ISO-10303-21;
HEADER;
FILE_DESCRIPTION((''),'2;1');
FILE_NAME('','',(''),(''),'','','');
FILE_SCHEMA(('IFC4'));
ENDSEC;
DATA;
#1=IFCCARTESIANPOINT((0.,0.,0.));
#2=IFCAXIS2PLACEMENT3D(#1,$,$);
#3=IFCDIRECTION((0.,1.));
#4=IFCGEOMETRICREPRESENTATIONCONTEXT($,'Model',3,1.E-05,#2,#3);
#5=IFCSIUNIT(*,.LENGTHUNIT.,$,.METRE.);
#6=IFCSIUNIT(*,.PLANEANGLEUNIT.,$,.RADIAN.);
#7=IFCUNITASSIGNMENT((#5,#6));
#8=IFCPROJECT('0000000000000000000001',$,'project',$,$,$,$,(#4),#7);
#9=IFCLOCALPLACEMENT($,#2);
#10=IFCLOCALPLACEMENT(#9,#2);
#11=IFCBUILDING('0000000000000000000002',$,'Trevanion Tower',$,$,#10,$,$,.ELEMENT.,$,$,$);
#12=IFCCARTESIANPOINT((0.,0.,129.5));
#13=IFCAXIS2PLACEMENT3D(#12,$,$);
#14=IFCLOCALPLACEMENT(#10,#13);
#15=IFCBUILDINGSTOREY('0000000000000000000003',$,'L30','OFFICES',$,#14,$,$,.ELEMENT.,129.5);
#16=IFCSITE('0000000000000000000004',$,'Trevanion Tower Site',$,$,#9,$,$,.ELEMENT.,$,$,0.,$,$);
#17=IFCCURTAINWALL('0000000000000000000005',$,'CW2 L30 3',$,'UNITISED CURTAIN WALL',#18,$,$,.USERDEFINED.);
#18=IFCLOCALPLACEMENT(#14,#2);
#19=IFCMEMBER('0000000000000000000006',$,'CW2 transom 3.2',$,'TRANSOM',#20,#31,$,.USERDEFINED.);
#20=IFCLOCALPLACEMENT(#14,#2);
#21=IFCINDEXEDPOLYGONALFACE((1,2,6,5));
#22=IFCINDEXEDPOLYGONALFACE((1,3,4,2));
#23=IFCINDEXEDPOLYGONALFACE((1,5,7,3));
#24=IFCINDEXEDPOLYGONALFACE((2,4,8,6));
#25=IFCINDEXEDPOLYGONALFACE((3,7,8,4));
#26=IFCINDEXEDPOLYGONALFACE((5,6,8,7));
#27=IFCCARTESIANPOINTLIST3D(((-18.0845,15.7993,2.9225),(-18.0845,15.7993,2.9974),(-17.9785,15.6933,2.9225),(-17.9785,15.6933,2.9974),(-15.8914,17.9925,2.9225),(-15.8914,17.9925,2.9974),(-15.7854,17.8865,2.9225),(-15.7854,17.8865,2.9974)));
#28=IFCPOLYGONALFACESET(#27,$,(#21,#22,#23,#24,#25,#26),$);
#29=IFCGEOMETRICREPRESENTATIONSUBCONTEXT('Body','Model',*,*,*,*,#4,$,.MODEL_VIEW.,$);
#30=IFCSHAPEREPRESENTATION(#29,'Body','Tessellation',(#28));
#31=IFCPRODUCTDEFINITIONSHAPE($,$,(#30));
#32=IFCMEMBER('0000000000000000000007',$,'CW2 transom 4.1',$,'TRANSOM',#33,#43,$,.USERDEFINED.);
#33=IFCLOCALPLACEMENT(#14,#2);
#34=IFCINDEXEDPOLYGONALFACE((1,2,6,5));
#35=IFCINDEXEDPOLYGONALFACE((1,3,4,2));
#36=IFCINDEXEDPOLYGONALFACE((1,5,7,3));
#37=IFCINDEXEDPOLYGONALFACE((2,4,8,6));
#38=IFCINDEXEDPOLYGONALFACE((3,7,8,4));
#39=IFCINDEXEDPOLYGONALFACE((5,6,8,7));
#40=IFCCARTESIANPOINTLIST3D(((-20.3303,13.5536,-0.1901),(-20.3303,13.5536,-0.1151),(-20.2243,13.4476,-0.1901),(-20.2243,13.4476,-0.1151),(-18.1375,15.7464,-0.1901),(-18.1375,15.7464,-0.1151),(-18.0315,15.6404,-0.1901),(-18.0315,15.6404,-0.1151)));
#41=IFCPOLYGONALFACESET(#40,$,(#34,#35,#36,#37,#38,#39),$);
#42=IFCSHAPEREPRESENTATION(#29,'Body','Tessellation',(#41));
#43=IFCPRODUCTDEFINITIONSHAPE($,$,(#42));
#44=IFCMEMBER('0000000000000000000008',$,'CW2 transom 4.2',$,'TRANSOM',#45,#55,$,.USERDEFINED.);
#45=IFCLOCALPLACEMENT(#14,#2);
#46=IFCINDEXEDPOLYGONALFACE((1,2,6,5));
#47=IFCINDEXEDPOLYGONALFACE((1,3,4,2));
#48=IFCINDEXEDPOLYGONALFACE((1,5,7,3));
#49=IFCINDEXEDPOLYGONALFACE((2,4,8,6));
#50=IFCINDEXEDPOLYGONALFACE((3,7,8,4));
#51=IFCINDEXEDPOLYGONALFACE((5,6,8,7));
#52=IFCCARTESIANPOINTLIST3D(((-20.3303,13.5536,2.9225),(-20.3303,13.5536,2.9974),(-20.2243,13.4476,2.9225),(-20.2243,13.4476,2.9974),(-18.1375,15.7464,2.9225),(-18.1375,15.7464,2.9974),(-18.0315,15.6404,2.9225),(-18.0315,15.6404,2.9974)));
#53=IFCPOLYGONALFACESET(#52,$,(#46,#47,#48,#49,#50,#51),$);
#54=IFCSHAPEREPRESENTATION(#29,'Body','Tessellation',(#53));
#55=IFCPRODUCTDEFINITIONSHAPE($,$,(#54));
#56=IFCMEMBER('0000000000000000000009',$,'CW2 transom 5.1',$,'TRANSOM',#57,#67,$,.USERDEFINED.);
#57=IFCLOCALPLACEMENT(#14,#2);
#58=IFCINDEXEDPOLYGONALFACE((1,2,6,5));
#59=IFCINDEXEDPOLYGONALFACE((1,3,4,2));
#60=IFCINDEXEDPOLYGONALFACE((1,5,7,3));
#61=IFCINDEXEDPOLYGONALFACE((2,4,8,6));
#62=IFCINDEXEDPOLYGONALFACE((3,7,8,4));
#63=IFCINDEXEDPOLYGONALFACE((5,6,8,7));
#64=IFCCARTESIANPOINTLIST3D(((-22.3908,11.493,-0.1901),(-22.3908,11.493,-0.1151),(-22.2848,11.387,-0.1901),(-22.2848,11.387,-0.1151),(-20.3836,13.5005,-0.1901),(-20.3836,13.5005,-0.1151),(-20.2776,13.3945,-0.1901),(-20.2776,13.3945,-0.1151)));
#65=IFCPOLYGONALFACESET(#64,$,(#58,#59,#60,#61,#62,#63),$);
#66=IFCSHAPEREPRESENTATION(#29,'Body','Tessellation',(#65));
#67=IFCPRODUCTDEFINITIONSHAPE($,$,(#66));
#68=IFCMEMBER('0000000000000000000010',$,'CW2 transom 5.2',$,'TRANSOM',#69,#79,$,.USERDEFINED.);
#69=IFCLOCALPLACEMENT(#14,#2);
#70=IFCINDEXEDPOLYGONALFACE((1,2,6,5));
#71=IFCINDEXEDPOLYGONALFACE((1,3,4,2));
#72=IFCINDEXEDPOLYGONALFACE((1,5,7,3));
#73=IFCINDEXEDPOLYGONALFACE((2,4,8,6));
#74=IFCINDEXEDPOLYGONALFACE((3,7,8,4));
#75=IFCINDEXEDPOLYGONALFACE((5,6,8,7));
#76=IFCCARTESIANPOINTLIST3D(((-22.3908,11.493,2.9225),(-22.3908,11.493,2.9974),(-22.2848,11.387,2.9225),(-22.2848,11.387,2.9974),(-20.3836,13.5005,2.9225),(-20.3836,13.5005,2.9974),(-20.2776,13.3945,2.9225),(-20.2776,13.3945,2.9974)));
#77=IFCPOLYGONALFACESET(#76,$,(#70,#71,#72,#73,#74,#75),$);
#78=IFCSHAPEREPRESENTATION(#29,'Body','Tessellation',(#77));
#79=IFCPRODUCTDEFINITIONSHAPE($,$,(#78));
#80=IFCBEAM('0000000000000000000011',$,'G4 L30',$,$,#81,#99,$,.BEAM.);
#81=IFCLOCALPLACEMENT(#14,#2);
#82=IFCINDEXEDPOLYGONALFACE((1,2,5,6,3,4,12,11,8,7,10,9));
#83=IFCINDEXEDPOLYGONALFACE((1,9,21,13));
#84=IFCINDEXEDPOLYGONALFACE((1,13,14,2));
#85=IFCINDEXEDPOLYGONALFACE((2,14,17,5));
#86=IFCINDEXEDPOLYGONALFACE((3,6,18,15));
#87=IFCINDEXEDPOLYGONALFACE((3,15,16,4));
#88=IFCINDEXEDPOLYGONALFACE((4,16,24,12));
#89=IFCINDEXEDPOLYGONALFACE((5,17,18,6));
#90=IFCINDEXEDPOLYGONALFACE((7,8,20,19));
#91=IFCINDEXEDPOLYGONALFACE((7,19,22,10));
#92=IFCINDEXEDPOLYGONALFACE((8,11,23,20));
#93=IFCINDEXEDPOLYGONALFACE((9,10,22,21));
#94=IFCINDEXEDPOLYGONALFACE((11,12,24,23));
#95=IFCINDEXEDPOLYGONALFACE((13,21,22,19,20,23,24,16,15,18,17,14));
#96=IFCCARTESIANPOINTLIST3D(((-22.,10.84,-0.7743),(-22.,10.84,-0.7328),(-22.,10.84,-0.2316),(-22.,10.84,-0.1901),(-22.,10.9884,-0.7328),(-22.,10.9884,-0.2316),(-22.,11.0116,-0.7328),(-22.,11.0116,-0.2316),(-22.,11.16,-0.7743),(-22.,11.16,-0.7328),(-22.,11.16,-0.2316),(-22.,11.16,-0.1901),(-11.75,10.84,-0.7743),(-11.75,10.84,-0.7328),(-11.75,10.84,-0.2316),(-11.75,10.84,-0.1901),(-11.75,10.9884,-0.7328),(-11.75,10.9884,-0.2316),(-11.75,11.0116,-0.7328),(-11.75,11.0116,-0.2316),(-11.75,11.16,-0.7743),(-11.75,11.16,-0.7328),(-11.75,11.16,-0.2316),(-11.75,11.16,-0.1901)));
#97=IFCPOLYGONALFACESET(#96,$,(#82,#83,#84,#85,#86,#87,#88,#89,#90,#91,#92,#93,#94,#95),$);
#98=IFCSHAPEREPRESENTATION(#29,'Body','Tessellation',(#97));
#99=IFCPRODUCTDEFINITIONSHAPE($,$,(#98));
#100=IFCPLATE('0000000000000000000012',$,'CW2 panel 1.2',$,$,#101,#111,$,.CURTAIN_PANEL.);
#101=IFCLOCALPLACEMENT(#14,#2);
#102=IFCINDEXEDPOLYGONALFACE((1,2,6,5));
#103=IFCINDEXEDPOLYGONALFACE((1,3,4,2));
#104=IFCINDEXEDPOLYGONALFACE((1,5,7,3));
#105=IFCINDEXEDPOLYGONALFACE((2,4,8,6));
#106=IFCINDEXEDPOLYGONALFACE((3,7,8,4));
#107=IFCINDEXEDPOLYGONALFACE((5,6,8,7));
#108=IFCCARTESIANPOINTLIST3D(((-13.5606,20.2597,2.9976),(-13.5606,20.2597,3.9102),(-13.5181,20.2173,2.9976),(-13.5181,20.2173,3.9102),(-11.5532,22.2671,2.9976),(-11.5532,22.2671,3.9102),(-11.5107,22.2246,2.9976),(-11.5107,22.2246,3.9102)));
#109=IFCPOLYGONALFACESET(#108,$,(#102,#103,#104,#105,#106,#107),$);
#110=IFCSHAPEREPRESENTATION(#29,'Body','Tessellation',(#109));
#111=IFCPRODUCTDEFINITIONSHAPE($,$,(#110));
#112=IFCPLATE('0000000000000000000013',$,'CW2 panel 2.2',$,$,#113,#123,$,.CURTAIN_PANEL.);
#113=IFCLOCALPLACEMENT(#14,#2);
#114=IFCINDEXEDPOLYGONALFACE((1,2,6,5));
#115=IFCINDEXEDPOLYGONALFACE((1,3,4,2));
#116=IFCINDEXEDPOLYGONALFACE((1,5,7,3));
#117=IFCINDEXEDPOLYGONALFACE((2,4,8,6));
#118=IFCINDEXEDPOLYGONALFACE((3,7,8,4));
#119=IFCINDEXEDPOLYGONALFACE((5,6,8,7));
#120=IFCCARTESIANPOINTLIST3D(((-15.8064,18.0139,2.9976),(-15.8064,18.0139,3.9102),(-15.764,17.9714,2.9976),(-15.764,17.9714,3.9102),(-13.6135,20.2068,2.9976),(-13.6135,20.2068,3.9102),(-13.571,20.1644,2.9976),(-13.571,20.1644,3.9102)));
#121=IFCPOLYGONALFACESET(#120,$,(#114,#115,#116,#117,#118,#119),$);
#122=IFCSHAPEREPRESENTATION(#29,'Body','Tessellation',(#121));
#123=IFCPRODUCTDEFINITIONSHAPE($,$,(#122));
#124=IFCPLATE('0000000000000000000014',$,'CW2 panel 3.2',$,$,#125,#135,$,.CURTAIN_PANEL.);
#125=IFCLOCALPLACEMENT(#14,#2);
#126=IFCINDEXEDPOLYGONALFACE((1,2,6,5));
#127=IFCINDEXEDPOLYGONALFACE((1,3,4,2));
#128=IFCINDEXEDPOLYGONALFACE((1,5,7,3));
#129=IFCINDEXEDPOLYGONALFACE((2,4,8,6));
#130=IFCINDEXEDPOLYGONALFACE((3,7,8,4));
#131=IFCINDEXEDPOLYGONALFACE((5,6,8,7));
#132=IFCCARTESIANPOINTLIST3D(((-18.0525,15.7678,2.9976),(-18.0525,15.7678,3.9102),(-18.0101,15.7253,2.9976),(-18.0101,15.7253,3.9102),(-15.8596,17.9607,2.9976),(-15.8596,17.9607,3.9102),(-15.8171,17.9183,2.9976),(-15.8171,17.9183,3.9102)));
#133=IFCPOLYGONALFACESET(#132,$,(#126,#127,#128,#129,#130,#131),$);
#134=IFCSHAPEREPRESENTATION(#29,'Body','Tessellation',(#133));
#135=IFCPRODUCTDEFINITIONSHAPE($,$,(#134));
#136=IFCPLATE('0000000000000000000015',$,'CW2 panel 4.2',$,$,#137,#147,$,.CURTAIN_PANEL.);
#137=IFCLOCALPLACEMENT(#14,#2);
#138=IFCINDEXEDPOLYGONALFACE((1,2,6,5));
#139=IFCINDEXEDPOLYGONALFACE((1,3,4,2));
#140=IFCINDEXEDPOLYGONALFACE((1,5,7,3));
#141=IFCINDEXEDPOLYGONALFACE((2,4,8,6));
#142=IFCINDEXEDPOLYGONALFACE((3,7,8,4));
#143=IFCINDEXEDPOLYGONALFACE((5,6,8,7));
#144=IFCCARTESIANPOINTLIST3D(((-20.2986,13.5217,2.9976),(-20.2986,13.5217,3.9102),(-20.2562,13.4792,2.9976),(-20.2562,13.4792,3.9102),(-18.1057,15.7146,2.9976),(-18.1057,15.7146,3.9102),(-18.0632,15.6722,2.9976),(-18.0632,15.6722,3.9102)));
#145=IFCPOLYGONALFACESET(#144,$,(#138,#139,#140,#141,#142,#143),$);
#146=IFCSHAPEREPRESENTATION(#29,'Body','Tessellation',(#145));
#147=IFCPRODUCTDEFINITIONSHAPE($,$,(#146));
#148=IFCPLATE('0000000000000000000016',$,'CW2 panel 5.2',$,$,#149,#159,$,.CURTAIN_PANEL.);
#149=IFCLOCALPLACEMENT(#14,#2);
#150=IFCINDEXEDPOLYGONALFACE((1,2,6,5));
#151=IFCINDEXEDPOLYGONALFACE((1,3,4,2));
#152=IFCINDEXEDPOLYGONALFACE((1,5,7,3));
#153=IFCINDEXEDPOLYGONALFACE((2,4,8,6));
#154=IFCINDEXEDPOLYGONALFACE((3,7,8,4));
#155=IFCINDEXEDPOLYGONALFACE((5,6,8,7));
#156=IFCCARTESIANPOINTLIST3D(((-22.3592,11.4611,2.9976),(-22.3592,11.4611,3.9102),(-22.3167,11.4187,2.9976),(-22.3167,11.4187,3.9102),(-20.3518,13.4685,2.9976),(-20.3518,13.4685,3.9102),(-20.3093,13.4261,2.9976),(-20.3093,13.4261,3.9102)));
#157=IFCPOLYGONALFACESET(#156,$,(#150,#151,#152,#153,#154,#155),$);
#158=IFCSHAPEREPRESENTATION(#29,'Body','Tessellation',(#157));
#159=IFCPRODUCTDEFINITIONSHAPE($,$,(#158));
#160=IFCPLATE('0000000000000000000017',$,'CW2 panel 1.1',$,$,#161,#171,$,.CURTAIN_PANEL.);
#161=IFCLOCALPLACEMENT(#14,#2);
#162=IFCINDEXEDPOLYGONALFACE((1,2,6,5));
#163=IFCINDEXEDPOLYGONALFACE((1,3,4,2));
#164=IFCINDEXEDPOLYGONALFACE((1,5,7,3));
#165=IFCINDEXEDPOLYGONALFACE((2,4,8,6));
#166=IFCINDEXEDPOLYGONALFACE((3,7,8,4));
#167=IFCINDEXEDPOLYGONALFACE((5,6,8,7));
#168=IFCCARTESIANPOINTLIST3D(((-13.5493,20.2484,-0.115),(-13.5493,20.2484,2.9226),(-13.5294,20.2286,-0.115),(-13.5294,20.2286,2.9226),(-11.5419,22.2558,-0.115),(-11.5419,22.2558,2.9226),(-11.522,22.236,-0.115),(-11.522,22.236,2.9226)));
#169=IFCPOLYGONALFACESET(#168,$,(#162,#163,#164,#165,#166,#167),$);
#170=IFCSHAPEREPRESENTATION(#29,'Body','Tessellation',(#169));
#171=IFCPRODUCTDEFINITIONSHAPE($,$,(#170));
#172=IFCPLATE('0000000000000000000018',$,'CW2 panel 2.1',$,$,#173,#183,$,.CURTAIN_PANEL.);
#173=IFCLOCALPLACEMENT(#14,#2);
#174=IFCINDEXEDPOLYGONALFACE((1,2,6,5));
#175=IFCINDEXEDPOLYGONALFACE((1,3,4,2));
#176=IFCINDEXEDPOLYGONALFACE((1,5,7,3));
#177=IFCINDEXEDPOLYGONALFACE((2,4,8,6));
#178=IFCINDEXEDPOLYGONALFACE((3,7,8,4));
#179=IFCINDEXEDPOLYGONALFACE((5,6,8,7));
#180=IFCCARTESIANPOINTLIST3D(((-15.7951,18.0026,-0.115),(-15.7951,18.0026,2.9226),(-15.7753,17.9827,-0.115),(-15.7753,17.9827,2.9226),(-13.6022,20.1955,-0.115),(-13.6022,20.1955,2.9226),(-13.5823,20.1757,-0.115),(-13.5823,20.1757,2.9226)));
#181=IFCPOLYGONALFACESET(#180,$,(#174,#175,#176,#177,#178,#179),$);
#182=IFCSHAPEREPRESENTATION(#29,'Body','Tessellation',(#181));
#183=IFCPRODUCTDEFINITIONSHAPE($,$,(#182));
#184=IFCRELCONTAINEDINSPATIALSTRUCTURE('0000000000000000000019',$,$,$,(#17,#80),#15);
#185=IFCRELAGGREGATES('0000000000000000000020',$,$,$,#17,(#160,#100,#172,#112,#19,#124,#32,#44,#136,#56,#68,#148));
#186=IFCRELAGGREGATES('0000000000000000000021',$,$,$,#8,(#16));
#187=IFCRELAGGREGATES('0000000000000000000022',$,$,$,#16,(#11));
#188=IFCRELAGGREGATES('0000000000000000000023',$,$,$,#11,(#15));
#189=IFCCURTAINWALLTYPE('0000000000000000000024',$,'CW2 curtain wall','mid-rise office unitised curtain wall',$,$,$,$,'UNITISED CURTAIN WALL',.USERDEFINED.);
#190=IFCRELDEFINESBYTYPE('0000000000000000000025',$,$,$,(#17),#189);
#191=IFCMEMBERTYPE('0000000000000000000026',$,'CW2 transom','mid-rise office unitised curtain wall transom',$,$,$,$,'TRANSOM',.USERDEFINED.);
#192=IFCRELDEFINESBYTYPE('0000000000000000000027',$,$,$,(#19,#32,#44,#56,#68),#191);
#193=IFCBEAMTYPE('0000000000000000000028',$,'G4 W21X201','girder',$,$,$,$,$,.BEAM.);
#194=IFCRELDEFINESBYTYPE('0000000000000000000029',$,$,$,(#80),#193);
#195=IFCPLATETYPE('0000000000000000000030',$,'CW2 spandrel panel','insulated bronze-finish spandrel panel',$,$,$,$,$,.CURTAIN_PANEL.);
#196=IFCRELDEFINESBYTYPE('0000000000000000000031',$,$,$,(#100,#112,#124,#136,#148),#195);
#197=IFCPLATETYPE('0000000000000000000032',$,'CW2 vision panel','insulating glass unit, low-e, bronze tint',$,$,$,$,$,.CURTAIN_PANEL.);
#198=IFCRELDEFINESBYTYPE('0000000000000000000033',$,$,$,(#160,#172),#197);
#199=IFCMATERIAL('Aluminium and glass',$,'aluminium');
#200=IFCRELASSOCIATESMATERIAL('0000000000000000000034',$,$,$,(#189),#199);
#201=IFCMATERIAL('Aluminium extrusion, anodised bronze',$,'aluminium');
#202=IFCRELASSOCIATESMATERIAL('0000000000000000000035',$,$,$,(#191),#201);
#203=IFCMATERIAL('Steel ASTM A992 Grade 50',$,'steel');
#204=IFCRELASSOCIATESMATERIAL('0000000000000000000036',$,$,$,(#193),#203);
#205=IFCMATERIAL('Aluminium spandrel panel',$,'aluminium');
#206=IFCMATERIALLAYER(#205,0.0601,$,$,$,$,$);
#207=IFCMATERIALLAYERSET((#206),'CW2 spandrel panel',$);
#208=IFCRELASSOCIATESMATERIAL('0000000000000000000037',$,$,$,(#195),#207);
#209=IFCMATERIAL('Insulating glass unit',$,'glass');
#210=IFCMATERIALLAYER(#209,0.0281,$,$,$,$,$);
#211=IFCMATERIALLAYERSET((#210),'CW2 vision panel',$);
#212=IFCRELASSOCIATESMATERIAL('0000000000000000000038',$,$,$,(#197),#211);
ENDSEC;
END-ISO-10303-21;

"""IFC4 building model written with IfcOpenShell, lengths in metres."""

from ifc_helpers import new_model, si_unit, direction, frame, origin, origin_2d, place, context, subcontext, project, spatial, rectangle, i_section, extrude, material, layer, layer_set, material_profile, profile_set, type_object, element, aggregate, save


model = new_model("IFC4")

# Units and contexts
model_context = context("Model", 3, precision=1e-05, world=origin(), true_north=direction((0.0, 1.0)))
body_context = subcontext(model_context, "Body", "Model", "MODEL_VIEW")
ifc_project = project(units=[si_unit("LENGTHUNIT", "METRE"), si_unit("PLANEANGLEUNIT", "RADIAN")], contexts=[model_context])

# Site, building, storey
site_placement = place(None, origin())
site = spatial("IfcSite", under=ifc_project, at=site_placement, Name="Trevanion Tower Site", CompositionType="ELEMENT", RefElevation=0.0)
building_placement = place(site_placement, origin())
building = spatial("IfcBuilding", under=site, at=building_placement, Name="Trevanion Tower", CompositionType="ELEMENT")
storey_placement = place(building_placement, frame((0.0, 0.0, 129.5)))
storey = spatial("IfcBuildingStorey", under=building, at=storey_placement, Name="L30", Description="OFFICES", CompositionType="ELEMENT", Elevation=129.5)

# Curtain wall
ifc_material_1 = material(Name="Aluminium and glass", Category="aluminium")
curtain_wall_type = type_object("IfcCurtainWallType", Name="CW2 curtain wall", Description="mid-rise office unitised curtain wall", ElementType="UNITISED CURTAIN WALL", PredefinedType="USERDEFINED", material=ifc_material_1)
curtain_wall_1_placement = place(storey_placement, origin())
curtain_wall_1 = element("IfcCurtainWall", 1, at=curtain_wall_1_placement, inside=storey, type_object=curtain_wall_type, Name="CW2 L30 3", ObjectType="UNITISED CURTAIN WALL", PredefinedType="USERDEFINED")

# Members
ifc_material_2 = material(Name="Aluminium extrusion, anodised bronze", Category="aluminium")
ifc_material_profile_1 = material_profile(ifc_material_2, rectangle(XDim=0.1499, YDim=0.075, at=origin_2d()), Name="CW2 transom")
ifc_profile_set_1 = profile_set([ifc_material_profile_1], Name="Aluminium extrusion, anodised bronze")
member_type_1 = type_object("IfcMemberType", Name="CW2 transom", Description="mid-rise office unitised curtain wall transom", ElementType="TRANSOM", PredefinedType="USERDEFINED", material=ifc_profile_set_1)
member_1_placement = place(storey_placement, frame((-15.8384, 17.9395, 2.96), z_axis=(-0.707107, -0.707107, 0.0), x_axis=(0.707107, -0.707107, 0.0)))
member_1 = element("IfcMember", 2, at=member_1_placement, type_object=member_type_1, Name="CW2 transom 3.2", ObjectType="TRANSOM", PredefinedType="USERDEFINED", context=body_context, shape_type="SweptSolid", body=[
    extrude(rectangle(XDim=0.1499, YDim=0.075, at=origin_2d()), origin(), (0.0, 0.0, 1.0), 3.1016),
])
member_2_placement = place(storey_placement, frame((-18.0845, 15.6934, -0.1526), z_axis=(-0.707107, -0.707107, 0.0), x_axis=(0.707107, -0.707107, 0.0)))
member_2 = element("IfcMember", 3, at=member_2_placement, type_object=member_type_1, Name="CW2 transom 4.1", ObjectType="TRANSOM", PredefinedType="USERDEFINED", context=body_context, shape_type="SweptSolid", body=[
    extrude(rectangle(XDim=0.1499, YDim=0.075, at=origin_2d()), origin(), (0.0, 0.0, 1.0), 3.1011),
])
member_3_placement = place(storey_placement, frame((-18.0845, 15.6934, 2.96), z_axis=(-0.707107, -0.707107, 0.0), x_axis=(0.707107, -0.707107, 0.0)))
member_3 = element("IfcMember", 4, at=member_3_placement, type_object=member_type_1, Name="CW2 transom 4.2", ObjectType="TRANSOM", PredefinedType="USERDEFINED", context=body_context, shape_type="SweptSolid", body=[
    extrude(rectangle(XDim=0.1499, YDim=0.075, at=origin_2d()), origin(), (0.0, 0.0, 1.0), 3.1011),
])
member_4_placement = place(storey_placement, frame((-20.3306, 13.4475, -0.1526), z_axis=(-0.707064, -0.70715, 0.0), x_axis=(0.70715, -0.707064, 0.0)))
member_4 = element("IfcMember", 5, at=member_4_placement, type_object=member_type_1, Name="CW2 transom 5.1", ObjectType="TRANSOM", PredefinedType="USERDEFINED", context=body_context, shape_type="SweptSolid", body=[
    extrude(rectangle(XDim=0.1499, YDim=0.075, at=origin_2d()), origin(), (0.0, 0.0, 1.0), 2.8389),
])
member_5_placement = place(storey_placement, frame((-20.3306, 13.4475, 2.96), z_axis=(-0.707064, -0.70715, 0.0), x_axis=(0.70715, -0.707064, 0.0)))
member_5 = element("IfcMember", 6, at=member_5_placement, type_object=member_type_1, Name="CW2 transom 5.2", ObjectType="TRANSOM", PredefinedType="USERDEFINED", context=body_context, shape_type="SweptSolid", body=[
    extrude(rectangle(XDim=0.1499, YDim=0.075, at=origin_2d()), origin(), (0.0, 0.0, 1.0), 2.8389),
])

# Beam
ifc_material_3 = material(Name="Steel ASTM A992 Grade 50", Category="steel")
ifc_material_profile_2 = material_profile(ifc_material_3, i_section(OverallWidth=0.3201, OverallDepth=0.5842, WebThickness=0.0232, FlangeThickness=0.0415, at=origin_2d()), Name="W21X201")
ifc_profile_set_2 = profile_set([ifc_material_profile_2], Name="Steel ASTM A992 Grade 50")
beam_type_1 = type_object("IfcBeamType", Name="G4 W21X201", Description="girder", PredefinedType="BEAM", material=ifc_profile_set_2)
beam_1_placement = place(storey_placement, frame((-11.75, 11.0, -0.4822), z_axis=(-1.0, 0.0, 0.0), x_axis=(0.0, -1.0, 0.0)))
element("IfcBeam", 7, at=beam_1_placement, inside=storey, type_object=beam_type_1, Name="G4 L30", PredefinedType="BEAM", context=body_context, shape_type="SweptSolid", body=[
    extrude(i_section(OverallWidth=0.3201, OverallDepth=0.5842, WebThickness=0.0232, FlangeThickness=0.0415, at=origin_2d()), origin(), (0.0, 0.0, 1.0), 10.25),
])

# Plates
ifc_material_4 = material(Name="Aluminium spandrel panel", Category="aluminium")
ifc_layer_1 = layer(ifc_material_4, 0.0601)
ifc_layer_set_1 = layer_set([ifc_layer_1], Name="CW2 spandrel panel")
plate_type_1 = type_object("IfcPlateType", Name="CW2 spandrel panel", Description="insulated bronze-finish spandrel panel", PredefinedType="CURTAIN_PANEL", material=ifc_layer_set_1)
plate_1_placement = place(storey_placement, frame((-12.5356, 21.2422, 2.9976), z_axis=(0.0, 0.0, 1.0), x_axis=(-0.707107, -0.707107, 0.0)))
plate_1 = element("IfcPlate", 8, at=plate_1_placement, type_object=plate_type_1, Name="CW2 panel 1.2", PredefinedType="CURTAIN_PANEL", context=body_context, shape_type="SweptSolid", body=[
    extrude(rectangle(XDim=2.8389, YDim=0.0601, at=origin_2d()), origin(), (0.0, 0.0, 1.0), 0.9126),
])
plate_2_placement = place(storey_placement, frame((-14.6887, 19.0891, 2.9976), z_axis=(0.0, 0.0, 1.0), x_axis=(-0.707107, -0.707107, 0.0)))
plate_2 = element("IfcPlate", 9, at=plate_2_placement, type_object=plate_type_1, Name="CW2 panel 2.2", PredefinedType="CURTAIN_PANEL", context=body_context, shape_type="SweptSolid", body=[
    extrude(rectangle(XDim=3.1013, YDim=0.0601, at=origin_2d()), origin(), (0.0, 0.0, 1.0), 0.9126),
])
plate_3_placement = place(storey_placement, frame((-16.9348, 16.843, 2.9976), z_axis=(0.0, 0.0, 1.0), x_axis=(-0.707107, -0.707107, 0.0)))
plate_3 = element("IfcPlate", 10, at=plate_3_placement, type_object=plate_type_1, Name="CW2 panel 3.2", PredefinedType="CURTAIN_PANEL", context=body_context, shape_type="SweptSolid", body=[
    extrude(rectangle(XDim=3.1013, YDim=0.0601, at=origin_2d()), origin(), (0.0, 0.0, 1.0), 0.9126),
])
plate_4_placement = place(storey_placement, frame((-19.1809, 14.5969, 2.9976), z_axis=(0.0, 0.0, 1.0), x_axis=(-0.707107, -0.707107, 0.0)))
plate_4 = element("IfcPlate", 11, at=plate_4_placement, type_object=plate_type_1, Name="CW2 panel 4.2", PredefinedType="CURTAIN_PANEL", context=body_context, shape_type="SweptSolid", body=[
    extrude(rectangle(XDim=3.1013, YDim=0.0601, at=origin_2d()), origin(), (0.0, 0.0, 1.0), 0.9126),
])
plate_5_placement = place(storey_placement, frame((-21.3342, 12.4436, 2.9976), z_axis=(0.0, 0.0, 1.0), x_axis=(-0.707107, -0.707107, 0.0)))
plate_5 = element("IfcPlate", 12, at=plate_5_placement, type_object=plate_type_1, Name="CW2 panel 5.2", PredefinedType="CURTAIN_PANEL", context=body_context, shape_type="SweptSolid", body=[
    extrude(rectangle(XDim=2.8389, YDim=0.0601, at=origin_2d()), origin(), (0.0, 0.0, 1.0), 0.9126),
])
ifc_material_5 = material(Name="Insulating glass unit", Category="glass")
ifc_layer_2 = layer(ifc_material_5, 0.0281)
ifc_layer_set_2 = layer_set([ifc_layer_2], Name="CW2 vision panel")
plate_type_2 = type_object("IfcPlateType", Name="CW2 vision panel", Description="insulating glass unit, low-e, bronze tint", PredefinedType="CURTAIN_PANEL", material=ifc_layer_set_2)
plate_6_placement = place(storey_placement, frame((-12.5356, 21.2422, -0.115), z_axis=(0.0, 0.0, 1.0), x_axis=(-0.707107, -0.707107, 0.0)))
plate_6 = element("IfcPlate", 13, at=plate_6_placement, type_object=plate_type_2, Name="CW2 panel 1.1", PredefinedType="CURTAIN_PANEL", context=body_context, shape_type="SweptSolid", body=[
    extrude(rectangle(XDim=2.8389, YDim=0.0281, at=origin_2d()), origin(), (0.0, 0.0, 1.0), 3.0376),
])
plate_7_placement = place(storey_placement, frame((-14.6887, 19.0891, -0.115), z_axis=(0.0, 0.0, 1.0), x_axis=(-0.707107, -0.707107, 0.0)))
plate_7 = element("IfcPlate", 14, at=plate_7_placement, type_object=plate_type_2, Name="CW2 panel 2.1", PredefinedType="CURTAIN_PANEL", context=body_context, shape_type="SweptSolid", body=[
    extrude(rectangle(XDim=3.1013, YDim=0.0281, at=origin_2d()), origin(), (0.0, 0.0, 1.0), 3.0376),
])
aggregate(curtain_wall_1, [plate_6, plate_1, plate_7, plate_2, member_1, plate_3, member_2, member_3, plate_4, member_4, member_5, plate_5])

save(model, "model.ifc")
